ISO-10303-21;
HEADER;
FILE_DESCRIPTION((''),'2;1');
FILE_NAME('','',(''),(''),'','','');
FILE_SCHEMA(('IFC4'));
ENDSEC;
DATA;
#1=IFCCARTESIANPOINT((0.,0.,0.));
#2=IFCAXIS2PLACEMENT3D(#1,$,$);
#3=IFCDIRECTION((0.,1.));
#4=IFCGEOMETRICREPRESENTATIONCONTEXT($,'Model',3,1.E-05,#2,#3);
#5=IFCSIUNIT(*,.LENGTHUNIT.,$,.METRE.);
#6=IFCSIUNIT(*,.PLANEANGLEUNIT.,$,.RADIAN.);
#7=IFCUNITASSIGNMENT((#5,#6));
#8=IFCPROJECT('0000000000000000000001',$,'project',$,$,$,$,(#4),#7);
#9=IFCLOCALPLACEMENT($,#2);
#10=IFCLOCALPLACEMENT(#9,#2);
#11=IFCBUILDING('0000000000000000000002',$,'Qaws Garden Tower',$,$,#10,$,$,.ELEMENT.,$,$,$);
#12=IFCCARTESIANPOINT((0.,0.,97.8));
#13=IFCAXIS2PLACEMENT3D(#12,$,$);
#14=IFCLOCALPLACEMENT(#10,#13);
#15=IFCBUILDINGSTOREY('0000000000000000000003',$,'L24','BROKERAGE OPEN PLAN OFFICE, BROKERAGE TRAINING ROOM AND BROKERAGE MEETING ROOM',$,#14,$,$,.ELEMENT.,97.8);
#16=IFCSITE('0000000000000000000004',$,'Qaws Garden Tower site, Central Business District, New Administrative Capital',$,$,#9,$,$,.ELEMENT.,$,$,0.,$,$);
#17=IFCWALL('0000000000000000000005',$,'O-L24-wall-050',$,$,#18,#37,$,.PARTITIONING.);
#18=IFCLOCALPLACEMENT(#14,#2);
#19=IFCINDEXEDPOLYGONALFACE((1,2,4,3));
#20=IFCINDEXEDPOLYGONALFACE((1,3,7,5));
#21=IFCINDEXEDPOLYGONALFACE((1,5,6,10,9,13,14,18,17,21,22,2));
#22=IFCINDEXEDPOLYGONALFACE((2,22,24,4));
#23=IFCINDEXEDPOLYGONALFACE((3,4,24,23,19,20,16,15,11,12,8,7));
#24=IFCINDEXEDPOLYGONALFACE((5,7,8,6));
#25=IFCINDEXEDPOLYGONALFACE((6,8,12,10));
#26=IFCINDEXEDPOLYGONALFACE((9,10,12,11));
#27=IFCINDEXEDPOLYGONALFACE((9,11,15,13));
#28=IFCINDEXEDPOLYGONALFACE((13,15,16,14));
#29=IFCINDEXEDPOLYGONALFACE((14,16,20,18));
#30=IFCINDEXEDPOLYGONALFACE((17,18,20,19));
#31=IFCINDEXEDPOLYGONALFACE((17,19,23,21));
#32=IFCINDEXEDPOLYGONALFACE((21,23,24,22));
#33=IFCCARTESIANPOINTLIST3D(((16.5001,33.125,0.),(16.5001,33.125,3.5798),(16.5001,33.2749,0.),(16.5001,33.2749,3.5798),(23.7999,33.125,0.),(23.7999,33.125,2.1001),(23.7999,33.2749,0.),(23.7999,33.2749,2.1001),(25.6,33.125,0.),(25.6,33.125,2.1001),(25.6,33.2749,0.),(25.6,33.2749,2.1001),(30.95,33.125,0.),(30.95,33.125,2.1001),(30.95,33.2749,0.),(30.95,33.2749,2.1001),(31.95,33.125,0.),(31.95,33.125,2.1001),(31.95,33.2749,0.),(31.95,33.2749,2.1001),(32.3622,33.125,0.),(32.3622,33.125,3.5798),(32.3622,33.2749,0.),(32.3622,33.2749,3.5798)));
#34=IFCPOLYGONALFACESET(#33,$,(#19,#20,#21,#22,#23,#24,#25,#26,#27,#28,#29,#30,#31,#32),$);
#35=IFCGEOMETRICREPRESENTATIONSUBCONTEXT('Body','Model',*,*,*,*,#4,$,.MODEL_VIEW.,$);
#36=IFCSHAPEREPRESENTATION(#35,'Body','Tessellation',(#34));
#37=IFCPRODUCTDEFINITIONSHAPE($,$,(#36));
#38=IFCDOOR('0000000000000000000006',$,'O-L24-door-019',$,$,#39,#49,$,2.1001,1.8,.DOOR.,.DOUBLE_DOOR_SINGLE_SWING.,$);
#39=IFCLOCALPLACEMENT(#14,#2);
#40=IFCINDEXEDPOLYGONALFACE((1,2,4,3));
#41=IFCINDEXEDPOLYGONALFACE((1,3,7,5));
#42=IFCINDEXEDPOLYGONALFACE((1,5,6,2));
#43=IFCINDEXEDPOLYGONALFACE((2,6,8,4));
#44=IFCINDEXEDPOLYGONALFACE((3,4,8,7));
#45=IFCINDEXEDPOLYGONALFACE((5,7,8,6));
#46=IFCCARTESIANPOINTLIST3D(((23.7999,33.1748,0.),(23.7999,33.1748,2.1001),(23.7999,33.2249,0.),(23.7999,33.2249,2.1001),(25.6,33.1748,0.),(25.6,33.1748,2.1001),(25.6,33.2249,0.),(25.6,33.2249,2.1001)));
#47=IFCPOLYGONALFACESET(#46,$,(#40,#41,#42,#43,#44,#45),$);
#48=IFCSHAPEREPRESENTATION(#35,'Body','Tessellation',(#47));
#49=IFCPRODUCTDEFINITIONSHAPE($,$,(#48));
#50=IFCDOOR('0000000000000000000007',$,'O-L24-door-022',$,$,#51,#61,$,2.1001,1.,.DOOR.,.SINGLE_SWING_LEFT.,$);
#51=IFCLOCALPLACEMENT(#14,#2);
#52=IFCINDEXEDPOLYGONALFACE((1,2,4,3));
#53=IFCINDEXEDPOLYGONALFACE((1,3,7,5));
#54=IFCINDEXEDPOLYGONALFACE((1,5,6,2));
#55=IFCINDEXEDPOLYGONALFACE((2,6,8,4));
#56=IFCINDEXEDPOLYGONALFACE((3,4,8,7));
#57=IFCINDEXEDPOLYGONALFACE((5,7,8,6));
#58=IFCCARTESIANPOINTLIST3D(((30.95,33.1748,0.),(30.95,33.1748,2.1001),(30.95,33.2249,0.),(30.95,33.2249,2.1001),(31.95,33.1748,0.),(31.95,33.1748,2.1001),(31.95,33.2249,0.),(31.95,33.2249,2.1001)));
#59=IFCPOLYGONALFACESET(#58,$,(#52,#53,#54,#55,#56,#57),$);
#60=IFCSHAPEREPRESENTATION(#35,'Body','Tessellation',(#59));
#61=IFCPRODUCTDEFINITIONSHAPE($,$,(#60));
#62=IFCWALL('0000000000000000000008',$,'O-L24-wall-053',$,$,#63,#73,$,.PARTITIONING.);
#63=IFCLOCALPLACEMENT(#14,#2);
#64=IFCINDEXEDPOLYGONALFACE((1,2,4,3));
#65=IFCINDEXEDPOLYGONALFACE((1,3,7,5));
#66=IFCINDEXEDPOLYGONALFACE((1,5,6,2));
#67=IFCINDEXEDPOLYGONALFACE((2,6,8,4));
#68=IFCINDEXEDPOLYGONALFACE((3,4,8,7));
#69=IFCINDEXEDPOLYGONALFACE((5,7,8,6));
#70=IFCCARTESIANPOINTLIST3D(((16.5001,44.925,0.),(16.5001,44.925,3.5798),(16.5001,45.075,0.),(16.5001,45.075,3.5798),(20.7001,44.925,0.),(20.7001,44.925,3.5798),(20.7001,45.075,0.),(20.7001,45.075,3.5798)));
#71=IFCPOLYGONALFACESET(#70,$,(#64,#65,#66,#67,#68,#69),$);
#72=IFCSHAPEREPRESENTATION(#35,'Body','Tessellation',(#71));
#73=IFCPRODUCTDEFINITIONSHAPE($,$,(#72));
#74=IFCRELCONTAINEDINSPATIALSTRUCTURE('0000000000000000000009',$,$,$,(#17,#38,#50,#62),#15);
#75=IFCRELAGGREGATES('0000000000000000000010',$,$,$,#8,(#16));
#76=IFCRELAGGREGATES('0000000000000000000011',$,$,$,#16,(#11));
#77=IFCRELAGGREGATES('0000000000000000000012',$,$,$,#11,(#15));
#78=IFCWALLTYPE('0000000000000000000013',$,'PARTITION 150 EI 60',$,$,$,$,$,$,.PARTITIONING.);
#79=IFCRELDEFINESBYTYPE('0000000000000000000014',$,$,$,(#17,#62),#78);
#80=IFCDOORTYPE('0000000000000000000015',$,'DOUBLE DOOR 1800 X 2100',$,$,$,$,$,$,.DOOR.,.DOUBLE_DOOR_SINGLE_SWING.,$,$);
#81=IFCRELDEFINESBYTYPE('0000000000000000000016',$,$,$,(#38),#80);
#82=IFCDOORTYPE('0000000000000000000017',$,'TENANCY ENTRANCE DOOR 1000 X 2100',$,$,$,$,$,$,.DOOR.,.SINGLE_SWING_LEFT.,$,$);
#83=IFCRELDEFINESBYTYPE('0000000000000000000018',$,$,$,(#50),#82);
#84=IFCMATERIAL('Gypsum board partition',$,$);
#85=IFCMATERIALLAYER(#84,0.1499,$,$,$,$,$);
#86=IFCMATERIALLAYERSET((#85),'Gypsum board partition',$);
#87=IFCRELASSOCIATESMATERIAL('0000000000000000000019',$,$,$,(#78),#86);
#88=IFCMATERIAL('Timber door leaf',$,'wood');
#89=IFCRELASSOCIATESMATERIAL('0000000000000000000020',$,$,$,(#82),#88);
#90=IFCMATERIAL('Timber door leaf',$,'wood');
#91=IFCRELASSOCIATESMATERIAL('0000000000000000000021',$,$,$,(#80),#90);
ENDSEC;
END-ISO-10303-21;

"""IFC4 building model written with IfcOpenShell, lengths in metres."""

from ifc_helpers import new_model, si_unit, direction, frame, frame_2d, origin, place, context, subcontext, project, spatial, rectangle, extrude, material, layer, layer_set, type_object, element, fill, save


model = new_model("IFC4")

# Units and contexts
model_context = context("Model", 3, precision=1e-05, world=origin(), true_north=direction((0.0, 1.0)))
body_context = subcontext(model_context, "Body", "Model", "MODEL_VIEW")
ifc_project = project(units=[si_unit("LENGTHUNIT", "METRE"), si_unit("PLANEANGLEUNIT", "RADIAN")], contexts=[model_context])

# Site, building, storey
site_placement = place(None, origin())
site = spatial("IfcSite", under=ifc_project, at=site_placement, Name="Qaws Garden Tower site, Central Business District, New Administrative Capital", CompositionType="ELEMENT", RefElevation=0.0)
building_placement = place(site_placement, origin())
building = spatial("IfcBuilding", under=site, at=building_placement, Name="Qaws Garden Tower", CompositionType="ELEMENT")
storey_placement = place(building_placement, frame((0.0, 0.0, 97.8)))
storey = spatial("IfcBuildingStorey", under=building, at=storey_placement, Name="L24", Description="BROKERAGE OPEN PLAN OFFICE, BROKERAGE TRAINING ROOM AND BROKERAGE MEETING ROOM", CompositionType="ELEMENT", Elevation=97.8)

# Shared definitions
ifc_material_1 = material(Name="Gypsum board partition")
ifc_layer_1 = layer(ifc_material_1, 0.1499)
ifc_layer_set_1 = layer_set([ifc_layer_1], Name="Gypsum board partition")
wall_type_1 = type_object("IfcWallType", Name="PARTITION 150 EI 60", PredefinedType="PARTITIONING", material=ifc_layer_set_1)
ifc_material_2 = material(Name="Timber door leaf", Category="wood")
door_type_1 = type_object("IfcDoorType", Name="TENANCY ENTRANCE DOOR 1000 X 2100", OperationType="SINGLE_SWING_LEFT", PredefinedType="DOOR", material=ifc_material_2)

# Wall, openings, doors
wall_1_placement = place(storey_placement, frame((16.5, 33.2, 0.0), z_axis=(0.0, 0.0, 1.0), x_axis=(1.0, 0.0, 0.0)))
wall_1 = element("IfcWall", 1, at=wall_1_placement, inside=storey, type_object=wall_type_1, Name="O-L24-wall-050", PredefinedType="PARTITIONING", context=body_context, shape_type="SweptSolid", body=[
    extrude(rectangle(XDim=15.8621, YDim=0.1499, at=frame_2d((7.9312, 0.0))), origin(), (0.0, 0.0, 1.0), 3.5798),
])
opening_1_placement = place(wall_1_placement, frame((7.3, 0.0, 0.0)))
opening_1 = element("IfcOpeningElement", 2, at=opening_1_placement, cuts=wall_1, PredefinedType="OPENING", context=body_context, shape_type="SweptSolid", body=[
    extrude(rectangle(XDim=1.8, YDim=2.1001, at=frame_2d((0.8999, 1.05))), frame((0.0, 0.085, 0.0), z_axis=(0.0, -1.0, 0.0), x_axis=(1.0, 0.0, 0.0)), (0.0, 0.0, 1.0), 0.1699),
])
opening_2_placement = place(wall_1_placement, frame((14.45, 0.0, 0.0)))
opening_2 = element("IfcOpeningElement", 3, at=opening_2_placement, cuts=wall_1, PredefinedType="OPENING", context=body_context, shape_type="SweptSolid", body=[
    extrude(rectangle(XDim=1.0, YDim=2.1001, at=frame_2d((0.5, 1.05))), frame((0.0, 0.085, 0.0), z_axis=(0.0, -1.0, 0.0), x_axis=(1.0, 0.0, 0.0)), (0.0, 0.0, 1.0), 0.1699),
])
ifc_material_3 = material(Name="Timber door leaf", Category="wood")
door_type_2 = type_object("IfcDoorType", Name="DOUBLE DOOR 1800 X 2100", OperationType="DOUBLE_DOOR_SINGLE_SWING", PredefinedType="DOOR", material=ifc_material_3)
door_1_placement = place(opening_1_placement, origin())
door_1 = element("IfcDoor", 4, at=door_1_placement, inside=storey, type_object=door_type_2, Name="O-L24-door-019", OperationType="DOUBLE_DOOR_SINGLE_SWING", OverallHeight=2.1001, OverallWidth=1.8, PredefinedType="DOOR", context=body_context, shape_type="SweptSolid", body=[
    extrude(rectangle(XDim=1.8, YDim=2.1001, at=frame_2d((0.8999, 1.05))), frame((0.0, 0.0249, 0.0), z_axis=(0.0, -1.0, 0.0), x_axis=(1.0, 0.0, 0.0)), (0.0, 0.0, 1.0), 0.05),
])
fill(opening_1, door_1)
door_2_placement = place(opening_2_placement, origin())
door_2 = element("IfcDoor", 5, at=door_2_placement, inside=storey, type_object=door_type_1, Name="O-L24-door-022", OperationType="SINGLE_SWING_LEFT", OverallHeight=2.1001, OverallWidth=1.0, PredefinedType="DOOR", context=body_context, shape_type="SweptSolid", body=[
    extrude(rectangle(XDim=1.0, YDim=2.1001, at=frame_2d((0.5, 1.05))), frame((0.0, 0.0249, 0.0), z_axis=(0.0, -1.0, 0.0), x_axis=(1.0, 0.0, 0.0)), (0.0, 0.0, 1.0), 0.05),
])
fill(opening_2, door_2)

# Wall
wall_2_placement = place(storey_placement, frame((16.5, 45.0, 0.0), z_axis=(0.0, 0.0, 1.0), x_axis=(1.0, 0.0, 0.0)))
element("IfcWall", 6, at=wall_2_placement, inside=storey, type_object=wall_type_1, Name="O-L24-wall-053", PredefinedType="PARTITIONING", context=body_context, shape_type="SweptSolid", body=[
    extrude(rectangle(XDim=4.2, YDim=0.1499, at=frame_2d((2.1001, 0.0))), origin(), (0.0, 0.0, 1.0), 3.5798),
])

save(model, "model.ifc")
